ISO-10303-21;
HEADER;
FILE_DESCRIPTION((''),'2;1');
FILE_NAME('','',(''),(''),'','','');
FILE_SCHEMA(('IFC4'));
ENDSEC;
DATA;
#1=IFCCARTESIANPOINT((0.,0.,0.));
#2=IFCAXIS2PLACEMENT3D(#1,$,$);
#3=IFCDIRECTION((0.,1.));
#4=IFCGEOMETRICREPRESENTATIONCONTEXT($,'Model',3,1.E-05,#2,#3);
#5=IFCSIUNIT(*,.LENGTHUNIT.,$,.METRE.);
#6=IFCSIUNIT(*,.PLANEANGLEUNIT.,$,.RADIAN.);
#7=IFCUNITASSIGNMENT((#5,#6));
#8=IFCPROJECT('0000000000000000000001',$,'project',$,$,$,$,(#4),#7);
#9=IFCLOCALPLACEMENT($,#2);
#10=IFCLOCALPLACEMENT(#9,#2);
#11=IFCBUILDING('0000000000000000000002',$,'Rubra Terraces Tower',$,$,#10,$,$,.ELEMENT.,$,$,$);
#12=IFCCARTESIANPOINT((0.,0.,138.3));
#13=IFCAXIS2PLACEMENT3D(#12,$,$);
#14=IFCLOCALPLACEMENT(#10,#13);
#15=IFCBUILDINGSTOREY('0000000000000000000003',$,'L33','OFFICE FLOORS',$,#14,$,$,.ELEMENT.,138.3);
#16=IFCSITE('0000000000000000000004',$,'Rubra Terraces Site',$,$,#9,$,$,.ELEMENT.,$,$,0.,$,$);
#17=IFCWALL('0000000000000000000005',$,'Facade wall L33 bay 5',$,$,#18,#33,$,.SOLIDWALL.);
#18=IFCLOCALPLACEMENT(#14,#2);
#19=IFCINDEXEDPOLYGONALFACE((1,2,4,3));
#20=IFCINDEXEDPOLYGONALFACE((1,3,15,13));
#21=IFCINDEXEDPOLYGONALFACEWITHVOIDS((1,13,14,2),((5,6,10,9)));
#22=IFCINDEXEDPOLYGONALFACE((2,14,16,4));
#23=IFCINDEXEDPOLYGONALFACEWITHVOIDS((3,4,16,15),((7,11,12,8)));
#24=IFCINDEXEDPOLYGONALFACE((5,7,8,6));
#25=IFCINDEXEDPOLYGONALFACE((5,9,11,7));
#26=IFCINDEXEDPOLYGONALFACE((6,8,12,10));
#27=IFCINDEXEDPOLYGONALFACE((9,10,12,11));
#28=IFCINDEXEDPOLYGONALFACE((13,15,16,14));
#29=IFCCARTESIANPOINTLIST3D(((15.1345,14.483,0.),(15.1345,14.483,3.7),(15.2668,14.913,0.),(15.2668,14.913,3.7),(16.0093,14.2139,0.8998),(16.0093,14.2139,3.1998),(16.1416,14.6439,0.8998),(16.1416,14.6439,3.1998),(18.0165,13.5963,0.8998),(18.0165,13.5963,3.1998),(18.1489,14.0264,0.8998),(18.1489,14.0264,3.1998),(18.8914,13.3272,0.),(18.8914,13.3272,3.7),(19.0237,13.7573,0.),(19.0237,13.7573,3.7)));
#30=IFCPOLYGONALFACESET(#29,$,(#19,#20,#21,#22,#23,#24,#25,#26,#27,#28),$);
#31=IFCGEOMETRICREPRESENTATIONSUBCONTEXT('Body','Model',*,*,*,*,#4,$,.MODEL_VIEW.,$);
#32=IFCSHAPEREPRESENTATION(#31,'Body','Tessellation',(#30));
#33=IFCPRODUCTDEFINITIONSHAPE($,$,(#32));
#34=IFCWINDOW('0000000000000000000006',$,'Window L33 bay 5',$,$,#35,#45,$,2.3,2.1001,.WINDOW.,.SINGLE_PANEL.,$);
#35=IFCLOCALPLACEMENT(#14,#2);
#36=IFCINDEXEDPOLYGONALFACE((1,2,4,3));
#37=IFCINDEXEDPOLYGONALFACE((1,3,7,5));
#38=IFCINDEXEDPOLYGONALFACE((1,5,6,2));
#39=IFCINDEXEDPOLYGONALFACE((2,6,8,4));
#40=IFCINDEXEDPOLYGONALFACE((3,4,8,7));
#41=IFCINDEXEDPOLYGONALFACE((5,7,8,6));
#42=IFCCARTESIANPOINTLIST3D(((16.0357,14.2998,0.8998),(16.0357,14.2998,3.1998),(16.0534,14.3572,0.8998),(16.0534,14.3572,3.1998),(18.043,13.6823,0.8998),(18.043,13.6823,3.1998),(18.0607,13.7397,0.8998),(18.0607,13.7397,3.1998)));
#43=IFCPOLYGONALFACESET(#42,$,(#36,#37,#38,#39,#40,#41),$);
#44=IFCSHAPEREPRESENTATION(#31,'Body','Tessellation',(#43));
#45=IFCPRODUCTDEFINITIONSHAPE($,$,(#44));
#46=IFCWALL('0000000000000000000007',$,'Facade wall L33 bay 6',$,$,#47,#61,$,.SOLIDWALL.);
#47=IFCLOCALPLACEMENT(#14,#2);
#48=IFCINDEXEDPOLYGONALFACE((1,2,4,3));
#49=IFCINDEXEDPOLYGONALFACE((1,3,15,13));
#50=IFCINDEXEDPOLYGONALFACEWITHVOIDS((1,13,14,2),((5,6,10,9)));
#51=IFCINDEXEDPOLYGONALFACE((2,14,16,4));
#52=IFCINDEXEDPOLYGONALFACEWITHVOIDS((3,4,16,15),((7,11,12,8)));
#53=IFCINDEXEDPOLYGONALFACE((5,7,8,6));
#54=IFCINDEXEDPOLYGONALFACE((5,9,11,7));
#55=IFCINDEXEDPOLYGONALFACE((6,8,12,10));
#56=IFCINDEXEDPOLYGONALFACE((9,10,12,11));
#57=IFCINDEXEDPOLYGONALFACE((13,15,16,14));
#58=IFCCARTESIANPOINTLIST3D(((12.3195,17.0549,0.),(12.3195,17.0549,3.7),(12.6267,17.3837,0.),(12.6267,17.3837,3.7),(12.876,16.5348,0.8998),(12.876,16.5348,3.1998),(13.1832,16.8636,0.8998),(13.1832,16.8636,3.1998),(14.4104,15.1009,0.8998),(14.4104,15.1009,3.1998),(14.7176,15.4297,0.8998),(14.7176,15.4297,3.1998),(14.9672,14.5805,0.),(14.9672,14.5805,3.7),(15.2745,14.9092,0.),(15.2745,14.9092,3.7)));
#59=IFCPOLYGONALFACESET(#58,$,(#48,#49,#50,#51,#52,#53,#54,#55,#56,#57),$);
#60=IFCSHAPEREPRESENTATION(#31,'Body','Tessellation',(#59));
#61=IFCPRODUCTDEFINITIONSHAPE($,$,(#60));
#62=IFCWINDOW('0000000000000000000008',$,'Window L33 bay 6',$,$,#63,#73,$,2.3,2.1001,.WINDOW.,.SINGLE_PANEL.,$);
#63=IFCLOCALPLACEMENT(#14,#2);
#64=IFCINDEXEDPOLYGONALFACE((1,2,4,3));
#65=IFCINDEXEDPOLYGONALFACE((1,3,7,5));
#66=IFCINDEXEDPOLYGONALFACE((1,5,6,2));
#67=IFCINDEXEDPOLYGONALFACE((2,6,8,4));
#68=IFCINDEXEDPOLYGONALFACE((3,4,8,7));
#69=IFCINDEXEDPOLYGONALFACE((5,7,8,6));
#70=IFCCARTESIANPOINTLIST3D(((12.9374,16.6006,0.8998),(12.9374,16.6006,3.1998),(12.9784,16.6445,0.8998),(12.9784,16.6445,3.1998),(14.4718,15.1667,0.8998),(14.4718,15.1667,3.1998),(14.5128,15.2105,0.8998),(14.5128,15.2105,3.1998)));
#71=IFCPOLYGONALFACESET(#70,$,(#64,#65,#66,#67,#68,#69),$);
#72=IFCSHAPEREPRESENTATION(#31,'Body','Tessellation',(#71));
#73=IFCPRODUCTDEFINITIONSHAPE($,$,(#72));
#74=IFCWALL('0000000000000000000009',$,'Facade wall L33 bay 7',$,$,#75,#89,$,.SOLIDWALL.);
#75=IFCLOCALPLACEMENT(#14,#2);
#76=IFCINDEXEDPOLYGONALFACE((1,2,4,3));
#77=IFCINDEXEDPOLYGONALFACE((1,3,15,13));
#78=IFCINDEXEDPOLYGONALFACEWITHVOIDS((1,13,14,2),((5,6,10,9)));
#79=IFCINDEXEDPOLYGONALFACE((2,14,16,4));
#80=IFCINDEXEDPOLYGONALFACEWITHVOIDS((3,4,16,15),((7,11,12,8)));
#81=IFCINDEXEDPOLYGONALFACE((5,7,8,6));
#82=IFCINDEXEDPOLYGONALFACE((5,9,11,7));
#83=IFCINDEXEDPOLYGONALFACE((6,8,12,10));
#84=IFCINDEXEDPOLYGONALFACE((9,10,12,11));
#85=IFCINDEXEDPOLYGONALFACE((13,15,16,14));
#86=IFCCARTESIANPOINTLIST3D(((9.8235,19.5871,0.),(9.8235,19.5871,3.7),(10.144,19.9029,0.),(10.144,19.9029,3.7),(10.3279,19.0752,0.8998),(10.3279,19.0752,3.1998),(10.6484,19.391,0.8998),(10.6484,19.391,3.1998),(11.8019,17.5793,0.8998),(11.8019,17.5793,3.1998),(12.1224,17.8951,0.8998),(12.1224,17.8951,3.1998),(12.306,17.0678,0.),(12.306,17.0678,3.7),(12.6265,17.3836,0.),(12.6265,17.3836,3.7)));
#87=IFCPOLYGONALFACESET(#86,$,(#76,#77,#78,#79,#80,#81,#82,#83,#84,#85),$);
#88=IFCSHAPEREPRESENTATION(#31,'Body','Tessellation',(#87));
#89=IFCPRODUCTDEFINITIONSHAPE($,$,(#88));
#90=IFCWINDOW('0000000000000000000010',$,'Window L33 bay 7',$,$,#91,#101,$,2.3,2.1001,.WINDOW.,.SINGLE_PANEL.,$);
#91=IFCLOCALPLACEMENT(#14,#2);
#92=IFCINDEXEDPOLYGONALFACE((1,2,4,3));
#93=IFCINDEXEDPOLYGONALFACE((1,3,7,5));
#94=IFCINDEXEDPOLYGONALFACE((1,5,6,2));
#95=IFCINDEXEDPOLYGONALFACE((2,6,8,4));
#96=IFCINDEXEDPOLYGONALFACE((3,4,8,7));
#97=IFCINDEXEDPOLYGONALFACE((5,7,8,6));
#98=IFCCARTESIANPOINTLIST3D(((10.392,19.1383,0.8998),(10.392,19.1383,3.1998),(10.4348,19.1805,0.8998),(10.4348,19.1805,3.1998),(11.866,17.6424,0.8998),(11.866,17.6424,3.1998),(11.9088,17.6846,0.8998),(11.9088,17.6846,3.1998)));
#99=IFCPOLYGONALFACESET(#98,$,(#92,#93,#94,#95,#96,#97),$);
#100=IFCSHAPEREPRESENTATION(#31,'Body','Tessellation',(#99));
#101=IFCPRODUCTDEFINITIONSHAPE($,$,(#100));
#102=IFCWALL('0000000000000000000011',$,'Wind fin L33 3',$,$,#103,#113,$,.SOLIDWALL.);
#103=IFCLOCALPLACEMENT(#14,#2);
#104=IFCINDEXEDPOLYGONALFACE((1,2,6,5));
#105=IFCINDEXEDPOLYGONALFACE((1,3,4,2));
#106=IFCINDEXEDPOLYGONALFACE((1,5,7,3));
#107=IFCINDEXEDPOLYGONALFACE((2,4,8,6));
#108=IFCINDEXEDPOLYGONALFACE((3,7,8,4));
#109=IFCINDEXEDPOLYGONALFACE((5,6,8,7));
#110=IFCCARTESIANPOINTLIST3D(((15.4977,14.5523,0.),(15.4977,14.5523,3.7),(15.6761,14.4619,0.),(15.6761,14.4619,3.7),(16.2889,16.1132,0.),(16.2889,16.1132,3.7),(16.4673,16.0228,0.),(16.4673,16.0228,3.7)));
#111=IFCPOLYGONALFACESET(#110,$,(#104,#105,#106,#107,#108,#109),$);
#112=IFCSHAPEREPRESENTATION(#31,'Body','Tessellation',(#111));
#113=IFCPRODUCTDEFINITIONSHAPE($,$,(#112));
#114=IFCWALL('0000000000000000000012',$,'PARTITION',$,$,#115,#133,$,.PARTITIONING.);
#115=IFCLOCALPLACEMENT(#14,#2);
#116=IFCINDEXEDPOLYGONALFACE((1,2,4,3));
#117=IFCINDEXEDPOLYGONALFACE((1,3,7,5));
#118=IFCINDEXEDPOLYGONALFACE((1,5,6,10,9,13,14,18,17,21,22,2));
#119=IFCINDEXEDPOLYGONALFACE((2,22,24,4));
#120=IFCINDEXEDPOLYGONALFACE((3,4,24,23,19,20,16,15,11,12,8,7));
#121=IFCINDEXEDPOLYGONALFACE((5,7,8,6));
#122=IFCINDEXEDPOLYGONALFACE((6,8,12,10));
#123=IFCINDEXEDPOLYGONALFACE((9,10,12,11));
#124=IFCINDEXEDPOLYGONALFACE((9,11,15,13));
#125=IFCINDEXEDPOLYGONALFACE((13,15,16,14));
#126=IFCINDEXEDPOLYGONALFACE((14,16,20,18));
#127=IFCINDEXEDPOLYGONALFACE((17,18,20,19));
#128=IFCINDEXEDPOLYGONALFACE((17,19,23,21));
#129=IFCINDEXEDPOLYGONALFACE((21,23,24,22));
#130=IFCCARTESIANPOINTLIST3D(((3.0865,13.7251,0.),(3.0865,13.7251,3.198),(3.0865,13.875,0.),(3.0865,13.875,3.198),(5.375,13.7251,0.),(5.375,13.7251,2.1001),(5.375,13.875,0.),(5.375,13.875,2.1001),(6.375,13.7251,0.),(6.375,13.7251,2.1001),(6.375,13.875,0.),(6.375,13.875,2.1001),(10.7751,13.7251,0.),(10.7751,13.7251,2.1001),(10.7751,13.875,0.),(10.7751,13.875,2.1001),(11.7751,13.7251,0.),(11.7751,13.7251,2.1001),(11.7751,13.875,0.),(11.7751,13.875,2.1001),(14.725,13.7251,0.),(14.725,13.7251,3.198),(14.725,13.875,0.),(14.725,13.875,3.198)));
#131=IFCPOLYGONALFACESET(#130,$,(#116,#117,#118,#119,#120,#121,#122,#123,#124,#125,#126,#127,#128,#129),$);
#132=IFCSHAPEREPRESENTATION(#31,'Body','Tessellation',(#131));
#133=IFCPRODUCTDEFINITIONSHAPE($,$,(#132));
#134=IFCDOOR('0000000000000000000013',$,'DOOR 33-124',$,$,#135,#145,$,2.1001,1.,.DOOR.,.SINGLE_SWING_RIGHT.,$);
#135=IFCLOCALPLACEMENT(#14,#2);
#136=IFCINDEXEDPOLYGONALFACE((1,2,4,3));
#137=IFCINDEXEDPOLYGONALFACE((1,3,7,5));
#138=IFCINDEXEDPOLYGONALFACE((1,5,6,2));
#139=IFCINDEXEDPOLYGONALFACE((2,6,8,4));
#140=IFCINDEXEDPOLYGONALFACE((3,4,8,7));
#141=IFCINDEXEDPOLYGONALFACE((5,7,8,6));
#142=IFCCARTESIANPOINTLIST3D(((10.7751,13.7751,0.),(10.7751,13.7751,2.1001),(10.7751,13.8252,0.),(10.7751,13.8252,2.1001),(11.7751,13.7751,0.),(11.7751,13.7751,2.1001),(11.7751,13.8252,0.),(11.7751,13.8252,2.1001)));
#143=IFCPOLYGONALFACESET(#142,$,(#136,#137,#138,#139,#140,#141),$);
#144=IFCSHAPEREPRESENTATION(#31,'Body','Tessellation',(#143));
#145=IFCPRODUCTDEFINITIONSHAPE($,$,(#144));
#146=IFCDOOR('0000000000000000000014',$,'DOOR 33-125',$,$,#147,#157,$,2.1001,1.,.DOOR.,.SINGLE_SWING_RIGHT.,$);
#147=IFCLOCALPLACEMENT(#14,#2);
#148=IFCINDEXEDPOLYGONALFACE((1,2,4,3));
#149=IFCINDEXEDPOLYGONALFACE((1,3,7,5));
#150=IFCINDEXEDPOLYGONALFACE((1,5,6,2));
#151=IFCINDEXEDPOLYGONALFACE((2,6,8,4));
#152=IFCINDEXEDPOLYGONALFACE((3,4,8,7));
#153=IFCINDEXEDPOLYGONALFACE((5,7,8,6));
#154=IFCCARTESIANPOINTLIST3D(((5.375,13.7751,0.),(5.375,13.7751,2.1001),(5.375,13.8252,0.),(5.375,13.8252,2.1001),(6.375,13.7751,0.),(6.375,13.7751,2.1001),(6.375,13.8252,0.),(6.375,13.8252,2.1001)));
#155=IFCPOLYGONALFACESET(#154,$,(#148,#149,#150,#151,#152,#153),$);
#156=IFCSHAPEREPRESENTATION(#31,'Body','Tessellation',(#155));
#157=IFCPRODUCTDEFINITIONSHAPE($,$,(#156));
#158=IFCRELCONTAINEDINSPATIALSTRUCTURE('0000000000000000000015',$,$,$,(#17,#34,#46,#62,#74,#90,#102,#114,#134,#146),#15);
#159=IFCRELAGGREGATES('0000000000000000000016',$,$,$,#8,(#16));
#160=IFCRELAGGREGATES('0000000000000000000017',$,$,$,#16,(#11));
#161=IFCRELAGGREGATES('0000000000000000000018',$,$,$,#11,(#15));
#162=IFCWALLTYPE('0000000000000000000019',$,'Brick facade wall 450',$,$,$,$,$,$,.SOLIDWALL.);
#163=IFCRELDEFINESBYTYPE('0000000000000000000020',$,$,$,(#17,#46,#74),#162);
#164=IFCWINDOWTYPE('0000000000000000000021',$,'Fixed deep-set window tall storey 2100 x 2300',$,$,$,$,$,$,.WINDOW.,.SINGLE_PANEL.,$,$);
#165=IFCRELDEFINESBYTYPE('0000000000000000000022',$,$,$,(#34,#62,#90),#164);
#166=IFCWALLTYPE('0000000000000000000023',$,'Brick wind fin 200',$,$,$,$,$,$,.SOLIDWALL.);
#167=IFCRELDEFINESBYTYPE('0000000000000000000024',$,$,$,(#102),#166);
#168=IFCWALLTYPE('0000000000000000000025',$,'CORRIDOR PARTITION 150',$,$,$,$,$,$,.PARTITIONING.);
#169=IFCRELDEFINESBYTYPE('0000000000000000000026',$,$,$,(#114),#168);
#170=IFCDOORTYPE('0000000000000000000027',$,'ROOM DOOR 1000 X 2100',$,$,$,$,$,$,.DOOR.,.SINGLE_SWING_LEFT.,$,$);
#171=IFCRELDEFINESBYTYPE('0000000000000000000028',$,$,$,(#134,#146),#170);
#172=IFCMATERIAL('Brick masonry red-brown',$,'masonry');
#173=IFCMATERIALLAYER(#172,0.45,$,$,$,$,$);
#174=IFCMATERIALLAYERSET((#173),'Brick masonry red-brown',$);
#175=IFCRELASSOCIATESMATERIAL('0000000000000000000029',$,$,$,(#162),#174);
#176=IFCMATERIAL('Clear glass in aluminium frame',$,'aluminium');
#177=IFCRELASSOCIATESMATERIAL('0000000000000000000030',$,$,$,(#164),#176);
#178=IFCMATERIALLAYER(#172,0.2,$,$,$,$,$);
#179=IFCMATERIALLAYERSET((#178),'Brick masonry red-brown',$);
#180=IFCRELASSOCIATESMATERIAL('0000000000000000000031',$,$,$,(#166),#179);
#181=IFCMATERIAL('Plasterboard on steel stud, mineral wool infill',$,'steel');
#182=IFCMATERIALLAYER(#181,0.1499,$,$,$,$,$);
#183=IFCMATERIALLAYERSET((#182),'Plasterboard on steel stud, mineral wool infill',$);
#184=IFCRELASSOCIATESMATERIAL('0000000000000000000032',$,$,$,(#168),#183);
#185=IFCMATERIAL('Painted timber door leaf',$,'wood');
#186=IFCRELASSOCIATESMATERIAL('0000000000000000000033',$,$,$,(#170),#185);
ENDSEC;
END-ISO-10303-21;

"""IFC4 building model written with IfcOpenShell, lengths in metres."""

from ifc_helpers import new_model, si_unit, direction, frame, frame_2d, origin, place, context, subcontext, project, spatial, rectangle, extrude, material, layer, layer_set, type_object, element, fill, save


model = new_model("IFC4")

# Units and contexts
model_context = context("Model", 3, precision=1e-05, world=origin(), true_north=direction((0.0, 1.0)))
body_context = subcontext(model_context, "Body", "Model", "MODEL_VIEW")
ifc_project = project(units=[si_unit("LENGTHUNIT", "METRE"), si_unit("PLANEANGLEUNIT", "RADIAN")], contexts=[model_context])

# Site, building, storey
site_placement = place(None, origin())
site = spatial("IfcSite", under=ifc_project, at=site_placement, Name="Rubra Terraces Site", CompositionType="ELEMENT", RefElevation=0.0)
building_placement = place(site_placement, origin())
building = spatial("IfcBuilding", under=site, at=building_placement, Name="Rubra Terraces Tower", CompositionType="ELEMENT")
storey_placement = place(building_placement, frame((0.0, 0.0, 138.3)))
storey = spatial("IfcBuildingStorey", under=building, at=storey_placement, Name="L33", Description="OFFICE FLOORS", CompositionType="ELEMENT", Elevation=138.3)

# Walls, openings, windows
ifc_material_1 = material(Name="Brick masonry red-brown", Category="masonry")
ifc_layer_1 = layer(ifc_material_1, 0.45)
ifc_layer_set_1 = layer_set([ifc_layer_1], Name="Brick masonry red-brown")
wall_type_1 = type_object("IfcWallType", Name="Brick facade wall 450", PredefinedType="SOLIDWALL", material=ifc_layer_set_1)
ifc_material_2 = material(Name="Clear glass in aluminium frame", Category="aluminium")
window_type = type_object("IfcWindowType", Name="Fixed deep-set window tall storey 2100 x 2300", PartitioningType="SINGLE_PANEL", PredefinedType="WINDOW", material=ifc_material_2)
wall_1_placement = place(storey_placement, frame((18.9575, 13.5422, 0.0), z_axis=(0.0, 0.0, 1.0), x_axis=(-0.955792, 0.294042, 0.0)))
wall_1 = element("IfcWall", 1, at=wall_1_placement, inside=storey, type_object=wall_type_1, Name="Facade wall L33 bay 5", PredefinedType="SOLIDWALL", context=body_context, shape_type="SweptSolid", body=[
    extrude(rectangle(XDim=3.9307, YDim=0.45, at=frame_2d((1.9653, 0.0))), origin(), (0.0, 0.0, 1.0), 3.7),
])
opening_1_placement = place(wall_1_placement, frame((0.9153, 0.0, 0.8999)))
opening_1 = element("IfcOpeningElement", 2, at=opening_1_placement, cuts=wall_1, PredefinedType="OPENING", context=body_context, shape_type="SweptSolid", body=[
    extrude(rectangle(XDim=2.1001, YDim=2.3, at=frame_2d((1.05, 1.1499))), frame((0.0, 0.2349, 0.0), z_axis=(0.0, -1.0, 0.0), x_axis=(1.0, 0.0, 0.0)), (0.0, 0.0, 1.0), 0.47),
])
window_1_placement = place(opening_1_placement, origin())
window_1 = element("IfcWindow", 3, at=window_1_placement, inside=storey, type_object=window_type, Name="Window L33 bay 5", OverallHeight=2.3, OverallWidth=2.1001, PartitioningType="SINGLE_PANEL", PredefinedType="WINDOW", context=body_context, shape_type="SweptSolid", body=[
    extrude(rectangle(XDim=2.1001, YDim=2.3, at=frame_2d((1.05, 1.1499))), frame((0.0, 0.135, 0.0), z_axis=(0.0, -1.0, 0.0), x_axis=(1.0, 0.0, 0.0)), (0.0, 0.0, 1.0), 0.0601),
])
fill(opening_1, window_1)
wall_2_placement = place(storey_placement, frame((15.1208, 14.7449, 0.0), z_axis=(0.0, 0.0, 1.0), x_axis=(-0.730618, 0.682786, 0.0)))
wall_2 = element("IfcWall", 4, at=wall_2_placement, inside=storey, type_object=wall_type_1, Name="Facade wall L33 bay 6", PredefinedType="SOLIDWALL", context=body_context, shape_type="SweptSolid", body=[
    extrude(rectangle(XDim=3.624, YDim=0.45, at=frame_2d((1.812, 0.0))), origin(), (0.0, 0.0, 1.0), 3.7),
])
opening_2_placement = place(wall_2_placement, frame((0.7622, 0.0, 0.8999)))
opening_2 = element("IfcOpeningElement", 5, at=opening_2_placement, cuts=wall_2, PredefinedType="OPENING", context=body_context, shape_type="SweptSolid", body=[
    extrude(rectangle(XDim=2.1001, YDim=2.3, at=frame_2d((1.05, 1.1499))), frame((0.0, 0.2349, 0.0), z_axis=(0.0, -1.0, 0.0), x_axis=(1.0, 0.0, 0.0)), (0.0, 0.0, 1.0), 0.47),
])
window_2_placement = place(opening_2_placement, origin())
window_2 = element("IfcWindow", 6, at=window_2_placement, inside=storey, type_object=window_type, Name="Window L33 bay 6", OverallHeight=2.3, OverallWidth=2.1001, PartitioningType="SINGLE_PANEL", PredefinedType="WINDOW", context=body_context, shape_type="SweptSolid", body=[
    extrude(rectangle(XDim=2.1001, YDim=2.3, at=frame_2d((1.05, 1.1499))), frame((0.0, 0.135, 0.0), z_axis=(0.0, -1.0, 0.0), x_axis=(1.0, 0.0, 0.0)), (0.0, 0.0, 1.0), 0.0601),
])
fill(opening_2, window_2)
wall_3_placement = place(storey_placement, frame((12.4663, 17.2256, 0.0), z_axis=(0.0, 0.0, 1.0), x_axis=(-0.701876, 0.712299, 0.0)))
wall_3 = element("IfcWall", 7, at=wall_3_placement, inside=storey, type_object=wall_type_1, Name="Facade wall L33 bay 7", PredefinedType="SOLIDWALL", context=body_context, shape_type="SweptSolid", body=[
    extrude(rectangle(XDim=3.5369, YDim=0.45, at=frame_2d((1.7686, 0.0))), origin(), (0.0, 0.0, 1.0), 3.7),
])
opening_3_placement = place(wall_3_placement, frame((0.7183, 0.0, 0.8999)))
opening_3 = element("IfcOpeningElement", 8, at=opening_3_placement, cuts=wall_3, PredefinedType="OPENING", context=body_context, shape_type="SweptSolid", body=[
    extrude(rectangle(XDim=2.1001, YDim=2.3, at=frame_2d((1.05, 1.1499))), frame((0.0, 0.2349, 0.0), z_axis=(0.0, -1.0, 0.0), x_axis=(1.0, 0.0, 0.0)), (0.0, 0.0, 1.0), 0.47),
])
window_3_placement = place(opening_3_placement, origin())
window_3 = element("IfcWindow", 9, at=window_3_placement, inside=storey, type_object=window_type, Name="Window L33 bay 7", OverallHeight=2.3, OverallWidth=2.1001, PartitioningType="SINGLE_PANEL", PredefinedType="WINDOW", context=body_context, shape_type="SweptSolid", body=[
    extrude(rectangle(XDim=2.1001, YDim=2.3, at=frame_2d((1.05, 1.1499))), frame((0.0, 0.135, 0.0), z_axis=(0.0, -1.0, 0.0), x_axis=(1.0, 0.0, 0.0)), (0.0, 0.0, 1.0), 0.0601),
])
fill(opening_3, window_3)

# Wall
ifc_layer_2 = layer(ifc_material_1, 0.2)
ifc_layer_set_2 = layer_set([ifc_layer_2], Name="Brick masonry red-brown")
wall_type_2 = type_object("IfcWallType", Name="Brick wind fin 200", PredefinedType="SOLIDWALL", material=ifc_layer_set_2)
wall_4_placement = place(storey_placement, frame((15.5869, 14.5071, 0.0), z_axis=(0.0, 0.0, 1.0), x_axis=(0.452117, 0.891959, 0.0)))
element("IfcWall", 10, at=wall_4_placement, inside=storey, type_object=wall_type_2, Name="Wind fin L33 3", PredefinedType="SOLIDWALL", context=body_context, shape_type="SweptSolid", body=[
    extrude(rectangle(XDim=1.75, YDim=0.2, at=frame_2d((0.875, 0.0))), origin(), (0.0, 0.0, 1.0), 3.7),
])

# Wall, openings, doors
ifc_material_3 = material(Name="Plasterboard on steel stud, mineral wool infill", Category="steel")
ifc_layer_3 = layer(ifc_material_3, 0.1499)
ifc_layer_set_3 = layer_set([ifc_layer_3], Name="Plasterboard on steel stud, mineral wool infill")
wall_type_3 = type_object("IfcWallType", Name="CORRIDOR PARTITION 150", PredefinedType="PARTITIONING", material=ifc_layer_set_3)
wall_5_placement = place(storey_placement, frame((14.7251, 13.8, 0.0), z_axis=(0.0, 0.0, 1.0), x_axis=(-1.0, 0.0, 0.0)))
wall_5 = element("IfcWall", 11, at=wall_5_placement, inside=storey, type_object=wall_type_3, Name="PARTITION", PredefinedType="PARTITIONING", context=body_context, shape_type="SweptSolid", body=[
    extrude(rectangle(XDim=11.6384, YDim=0.1499, at=frame_2d((5.8193, 0.0))), origin(), (0.0, 0.0, 1.0), 3.198),
])
opening_4_placement = place(wall_5_placement, frame((2.95, 0.0, 0.0)))
opening_4 = element("IfcOpeningElement", 12, at=opening_4_placement, cuts=wall_5, PredefinedType="OPENING", context=body_context, shape_type="SweptSolid", body=[
    extrude(rectangle(XDim=1.0, YDim=2.1001, at=frame_2d((0.5, 1.05))), frame((0.0, 0.085, 0.0), z_axis=(0.0, -1.0, 0.0), x_axis=(1.0, 0.0, 0.0)), (0.0, 0.0, 1.0), 0.1699),
])
opening_5_placement = place(wall_5_placement, frame((8.3501, 0.0, 0.0)))
opening_5 = element("IfcOpeningElement", 13, at=opening_5_placement, cuts=wall_5, PredefinedType="OPENING", context=body_context, shape_type="SweptSolid", body=[
    extrude(rectangle(XDim=1.0, YDim=2.1001, at=frame_2d((0.5, 1.05))), frame((0.0, 0.085, 0.0), z_axis=(0.0, -1.0, 0.0), x_axis=(1.0, 0.0, 0.0)), (0.0, 0.0, 1.0), 0.1699),
])
ifc_material_4 = material(Name="Painted timber door leaf", Category="wood")
door_type = type_object("IfcDoorType", Name="ROOM DOOR 1000 X 2100", OperationType="SINGLE_SWING_LEFT", PredefinedType="DOOR", material=ifc_material_4)
door_1_placement = place(opening_4_placement, origin())
door_1 = element("IfcDoor", 14, at=door_1_placement, inside=storey, type_object=door_type, Name="DOOR 33-124", OperationType="SINGLE_SWING_RIGHT", OverallHeight=2.1001, OverallWidth=1.0, PredefinedType="DOOR", context=body_context, shape_type="SweptSolid", body=[
    extrude(rectangle(XDim=1.0, YDim=2.1001, at=frame_2d((0.5, 1.05))), frame((0.0, 0.0249, 0.0), z_axis=(0.0, -1.0, 0.0), x_axis=(1.0, 0.0, 0.0)), (0.0, 0.0, 1.0), 0.05),
])
fill(opening_4, door_1)
door_2_placement = place(opening_5_placement, origin())
door_2 = element("IfcDoor", 15, at=door_2_placement, inside=storey, type_object=door_type, Name="DOOR 33-125", OperationType="SINGLE_SWING_RIGHT", OverallHeight=2.1001, OverallWidth=1.0, PredefinedType="DOOR", context=body_context, shape_type="SweptSolid", body=[
    extrude(rectangle(XDim=1.0, YDim=2.1001, at=frame_2d((0.5, 1.05))), frame((0.0, 0.0249, 0.0), z_axis=(0.0, -1.0, 0.0), x_axis=(1.0, 0.0, 0.0)), (0.0, 0.0, 1.0), 0.05),
])
fill(opening_5, door_2)

save(model, "model.ifc")
